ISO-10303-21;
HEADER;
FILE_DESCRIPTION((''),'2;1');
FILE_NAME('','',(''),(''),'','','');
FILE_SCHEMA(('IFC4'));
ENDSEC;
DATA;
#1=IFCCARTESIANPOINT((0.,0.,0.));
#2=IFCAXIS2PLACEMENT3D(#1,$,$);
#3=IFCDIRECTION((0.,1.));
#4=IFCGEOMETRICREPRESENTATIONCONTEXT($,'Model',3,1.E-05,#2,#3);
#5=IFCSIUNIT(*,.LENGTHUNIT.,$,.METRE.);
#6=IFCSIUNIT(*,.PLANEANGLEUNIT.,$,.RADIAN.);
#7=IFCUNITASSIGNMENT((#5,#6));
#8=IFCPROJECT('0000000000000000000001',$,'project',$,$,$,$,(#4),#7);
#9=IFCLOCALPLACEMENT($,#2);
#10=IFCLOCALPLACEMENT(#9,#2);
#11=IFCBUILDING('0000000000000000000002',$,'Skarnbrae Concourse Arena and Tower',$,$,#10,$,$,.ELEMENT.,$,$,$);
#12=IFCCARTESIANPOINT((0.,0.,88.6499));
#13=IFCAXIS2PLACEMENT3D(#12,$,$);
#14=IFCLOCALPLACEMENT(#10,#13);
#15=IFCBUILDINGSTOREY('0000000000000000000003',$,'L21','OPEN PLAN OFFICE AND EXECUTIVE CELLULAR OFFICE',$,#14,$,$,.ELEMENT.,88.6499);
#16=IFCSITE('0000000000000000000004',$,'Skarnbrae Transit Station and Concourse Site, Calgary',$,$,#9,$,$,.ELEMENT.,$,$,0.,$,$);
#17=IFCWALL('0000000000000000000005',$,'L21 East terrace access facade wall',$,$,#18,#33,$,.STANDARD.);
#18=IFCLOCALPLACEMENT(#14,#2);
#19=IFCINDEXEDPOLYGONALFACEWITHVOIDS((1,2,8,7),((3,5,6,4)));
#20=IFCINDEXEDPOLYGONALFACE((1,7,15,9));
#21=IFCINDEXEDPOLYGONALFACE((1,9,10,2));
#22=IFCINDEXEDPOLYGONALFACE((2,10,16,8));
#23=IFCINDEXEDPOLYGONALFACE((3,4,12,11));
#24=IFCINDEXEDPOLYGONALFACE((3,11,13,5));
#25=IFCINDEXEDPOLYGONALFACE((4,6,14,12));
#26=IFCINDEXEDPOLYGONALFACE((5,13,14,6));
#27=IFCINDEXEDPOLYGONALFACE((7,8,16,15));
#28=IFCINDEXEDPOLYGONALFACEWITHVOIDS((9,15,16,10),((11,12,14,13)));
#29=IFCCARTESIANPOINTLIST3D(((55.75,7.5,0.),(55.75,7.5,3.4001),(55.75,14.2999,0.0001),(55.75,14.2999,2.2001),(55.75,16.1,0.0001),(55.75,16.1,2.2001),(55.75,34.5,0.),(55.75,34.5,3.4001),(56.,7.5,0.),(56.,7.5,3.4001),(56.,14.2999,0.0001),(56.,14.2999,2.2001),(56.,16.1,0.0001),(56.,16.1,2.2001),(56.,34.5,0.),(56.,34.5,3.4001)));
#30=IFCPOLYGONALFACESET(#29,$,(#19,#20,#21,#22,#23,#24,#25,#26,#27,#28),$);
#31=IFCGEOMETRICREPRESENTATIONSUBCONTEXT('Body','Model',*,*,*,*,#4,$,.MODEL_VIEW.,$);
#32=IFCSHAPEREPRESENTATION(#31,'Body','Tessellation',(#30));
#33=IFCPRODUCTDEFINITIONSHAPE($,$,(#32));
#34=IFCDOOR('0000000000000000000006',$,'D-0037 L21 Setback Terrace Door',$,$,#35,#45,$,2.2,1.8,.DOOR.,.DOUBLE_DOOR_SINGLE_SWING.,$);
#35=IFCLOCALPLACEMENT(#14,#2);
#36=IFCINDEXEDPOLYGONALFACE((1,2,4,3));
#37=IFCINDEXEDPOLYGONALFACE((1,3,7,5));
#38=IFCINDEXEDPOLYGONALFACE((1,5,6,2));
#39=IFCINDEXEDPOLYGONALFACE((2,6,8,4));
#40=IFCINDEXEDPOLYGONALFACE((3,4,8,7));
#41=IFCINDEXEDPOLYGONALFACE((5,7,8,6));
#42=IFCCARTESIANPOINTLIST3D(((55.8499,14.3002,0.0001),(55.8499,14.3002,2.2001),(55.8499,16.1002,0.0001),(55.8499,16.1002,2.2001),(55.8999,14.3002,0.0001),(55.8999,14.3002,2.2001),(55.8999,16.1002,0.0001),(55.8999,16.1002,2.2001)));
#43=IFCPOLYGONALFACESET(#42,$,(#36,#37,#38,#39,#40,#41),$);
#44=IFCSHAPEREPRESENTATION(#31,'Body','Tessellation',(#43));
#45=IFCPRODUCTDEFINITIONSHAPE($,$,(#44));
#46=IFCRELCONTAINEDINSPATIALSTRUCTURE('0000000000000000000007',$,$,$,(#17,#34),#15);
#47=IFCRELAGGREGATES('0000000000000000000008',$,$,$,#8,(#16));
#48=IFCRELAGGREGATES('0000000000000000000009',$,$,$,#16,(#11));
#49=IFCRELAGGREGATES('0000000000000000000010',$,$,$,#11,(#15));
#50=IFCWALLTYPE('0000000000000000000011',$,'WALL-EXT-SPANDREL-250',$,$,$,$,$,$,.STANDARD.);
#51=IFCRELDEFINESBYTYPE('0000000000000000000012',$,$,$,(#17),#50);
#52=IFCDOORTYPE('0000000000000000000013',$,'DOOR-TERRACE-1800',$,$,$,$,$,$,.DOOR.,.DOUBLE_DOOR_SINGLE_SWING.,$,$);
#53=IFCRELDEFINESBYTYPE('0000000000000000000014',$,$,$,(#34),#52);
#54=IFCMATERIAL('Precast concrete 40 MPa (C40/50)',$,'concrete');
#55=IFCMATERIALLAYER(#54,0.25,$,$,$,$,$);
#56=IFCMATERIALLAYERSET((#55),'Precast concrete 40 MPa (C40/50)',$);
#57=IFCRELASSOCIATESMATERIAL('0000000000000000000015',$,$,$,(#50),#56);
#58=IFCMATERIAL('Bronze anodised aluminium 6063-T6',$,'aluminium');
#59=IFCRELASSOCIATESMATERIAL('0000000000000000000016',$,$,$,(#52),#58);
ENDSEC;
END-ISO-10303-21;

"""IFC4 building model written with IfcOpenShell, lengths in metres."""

from ifc_helpers import new_model, si_unit, direction, frame, frame_2d, origin, place, context, subcontext, project, spatial, rectangle, extrude, source, transform, mapped, material, layer, layer_set, type_object, element, fill, save


model = new_model("IFC4")

# Units and contexts
model_context = context("Model", 3, precision=1e-05, world=origin(), true_north=direction((0.0, 1.0)))
body_context = subcontext(model_context, "Body", "Model", "MODEL_VIEW")
ifc_project = project(units=[si_unit("LENGTHUNIT", "METRE"), si_unit("PLANEANGLEUNIT", "RADIAN")], contexts=[model_context])

# Site, building, storey
site_placement = place(None, origin())
site = spatial("IfcSite", under=ifc_project, at=site_placement, Name="Skarnbrae Transit Station and Concourse Site, Calgary", CompositionType="ELEMENT", RefElevation=0.0)
building_placement = place(site_placement, origin())
building = spatial("IfcBuilding", under=site, at=building_placement, Name="Skarnbrae Concourse Arena and Tower", CompositionType="ELEMENT")
storey_placement = place(building_placement, frame((0.0, 0.0, 88.6499)))
storey = spatial("IfcBuildingStorey", under=building, at=storey_placement, Name="L21", Description="OPEN PLAN OFFICE AND EXECUTIVE CELLULAR OFFICE", CompositionType="ELEMENT", Elevation=88.6499)

# Shared definitions
ifc_material_1 = material(Name="Bronze anodised aluminium 6063-T6", Category="aluminium")

# Wall, opening, door
ifc_material_2 = material(Name="Precast concrete 40 MPa (C40/50)", Category="concrete")
ifc_layer_1 = layer(ifc_material_2, 0.25)
ifc_layer_set_1 = layer_set([ifc_layer_1], Name="Precast concrete 40 MPa (C40/50)")
wall_type = type_object("IfcWallType", Name="WALL-EXT-SPANDREL-250", PredefinedType="STANDARD", material=ifc_layer_set_1)
shared_shape_1 = source(origin(), body_context, "Body", "SweptSolid", [
    extrude(rectangle(XDim=27.0, YDim=0.25, at=frame_2d((13.5, 0.0))), origin(), (0.0, 0.0, 1.0), 3.4001),
])
wall_placement = place(storey_placement, frame((55.875, 7.5, 0.0), z_axis=(0.0, 0.0, 1.0), x_axis=(0.0, 1.0, 0.0)))
wall = element("IfcWall", 1, at=wall_placement, inside=storey, type_object=wall_type, Name="L21 East terrace access facade wall", PredefinedType="STANDARD", context=body_context, shape_type="MappedRepresentation", body=[
    mapped(shared_shape_1, transform((0.0, 0.0, 0.0))),
])
opening_placement = place(wall_placement, frame((6.8, 0.0, 0.0)))
opening = element("IfcOpeningElement", 2, at=opening_placement, cuts=wall, PredefinedType="OPENING", context=body_context, shape_type="SweptSolid", body=[
    extrude(rectangle(XDim=1.8, YDim=2.2, at=frame_2d((0.8999, 1.1001))), frame((0.0, 0.135, 0.0), z_axis=(0.0, -1.0, 0.0), x_axis=(1.0, 0.0, 0.0)), (0.0, 0.0, 1.0), 0.27),
])
door_type = type_object("IfcDoorType", Name="DOOR-TERRACE-1800", OperationType="DOUBLE_DOOR_SINGLE_SWING", PredefinedType="DOOR", material=ifc_material_1)
shared_shape_2 = source(origin(), body_context, "Body", "SweptSolid", [
    extrude(rectangle(XDim=1.8, YDim=2.2, at=frame_2d((0.8999, 1.1001))), frame((0.0, 0.0249, 0.0), z_axis=(0.0, -1.0, 0.0), x_axis=(1.0, 0.0, 0.0)), (0.0, 0.0, 1.0), 0.05),
])
door_placement = place(opening_placement, frame((1.8, 0.0, 0.0), z_axis=(0.0, 0.0, 1.0), x_axis=(-1.0, 0.0, 0.0)))
door = element("IfcDoor", 3, at=door_placement, inside=storey, type_object=door_type, Name="D-0037 L21 Setback Terrace Door", OperationType="DOUBLE_DOOR_SINGLE_SWING", OverallHeight=2.2, OverallWidth=1.8, PredefinedType="DOOR", context=body_context, shape_type="MappedRepresentation", body=[
    mapped(shared_shape_2, transform((0.0, 0.0, 0.0))),
])
fill(opening, door)

save(model, "model.ifc")
